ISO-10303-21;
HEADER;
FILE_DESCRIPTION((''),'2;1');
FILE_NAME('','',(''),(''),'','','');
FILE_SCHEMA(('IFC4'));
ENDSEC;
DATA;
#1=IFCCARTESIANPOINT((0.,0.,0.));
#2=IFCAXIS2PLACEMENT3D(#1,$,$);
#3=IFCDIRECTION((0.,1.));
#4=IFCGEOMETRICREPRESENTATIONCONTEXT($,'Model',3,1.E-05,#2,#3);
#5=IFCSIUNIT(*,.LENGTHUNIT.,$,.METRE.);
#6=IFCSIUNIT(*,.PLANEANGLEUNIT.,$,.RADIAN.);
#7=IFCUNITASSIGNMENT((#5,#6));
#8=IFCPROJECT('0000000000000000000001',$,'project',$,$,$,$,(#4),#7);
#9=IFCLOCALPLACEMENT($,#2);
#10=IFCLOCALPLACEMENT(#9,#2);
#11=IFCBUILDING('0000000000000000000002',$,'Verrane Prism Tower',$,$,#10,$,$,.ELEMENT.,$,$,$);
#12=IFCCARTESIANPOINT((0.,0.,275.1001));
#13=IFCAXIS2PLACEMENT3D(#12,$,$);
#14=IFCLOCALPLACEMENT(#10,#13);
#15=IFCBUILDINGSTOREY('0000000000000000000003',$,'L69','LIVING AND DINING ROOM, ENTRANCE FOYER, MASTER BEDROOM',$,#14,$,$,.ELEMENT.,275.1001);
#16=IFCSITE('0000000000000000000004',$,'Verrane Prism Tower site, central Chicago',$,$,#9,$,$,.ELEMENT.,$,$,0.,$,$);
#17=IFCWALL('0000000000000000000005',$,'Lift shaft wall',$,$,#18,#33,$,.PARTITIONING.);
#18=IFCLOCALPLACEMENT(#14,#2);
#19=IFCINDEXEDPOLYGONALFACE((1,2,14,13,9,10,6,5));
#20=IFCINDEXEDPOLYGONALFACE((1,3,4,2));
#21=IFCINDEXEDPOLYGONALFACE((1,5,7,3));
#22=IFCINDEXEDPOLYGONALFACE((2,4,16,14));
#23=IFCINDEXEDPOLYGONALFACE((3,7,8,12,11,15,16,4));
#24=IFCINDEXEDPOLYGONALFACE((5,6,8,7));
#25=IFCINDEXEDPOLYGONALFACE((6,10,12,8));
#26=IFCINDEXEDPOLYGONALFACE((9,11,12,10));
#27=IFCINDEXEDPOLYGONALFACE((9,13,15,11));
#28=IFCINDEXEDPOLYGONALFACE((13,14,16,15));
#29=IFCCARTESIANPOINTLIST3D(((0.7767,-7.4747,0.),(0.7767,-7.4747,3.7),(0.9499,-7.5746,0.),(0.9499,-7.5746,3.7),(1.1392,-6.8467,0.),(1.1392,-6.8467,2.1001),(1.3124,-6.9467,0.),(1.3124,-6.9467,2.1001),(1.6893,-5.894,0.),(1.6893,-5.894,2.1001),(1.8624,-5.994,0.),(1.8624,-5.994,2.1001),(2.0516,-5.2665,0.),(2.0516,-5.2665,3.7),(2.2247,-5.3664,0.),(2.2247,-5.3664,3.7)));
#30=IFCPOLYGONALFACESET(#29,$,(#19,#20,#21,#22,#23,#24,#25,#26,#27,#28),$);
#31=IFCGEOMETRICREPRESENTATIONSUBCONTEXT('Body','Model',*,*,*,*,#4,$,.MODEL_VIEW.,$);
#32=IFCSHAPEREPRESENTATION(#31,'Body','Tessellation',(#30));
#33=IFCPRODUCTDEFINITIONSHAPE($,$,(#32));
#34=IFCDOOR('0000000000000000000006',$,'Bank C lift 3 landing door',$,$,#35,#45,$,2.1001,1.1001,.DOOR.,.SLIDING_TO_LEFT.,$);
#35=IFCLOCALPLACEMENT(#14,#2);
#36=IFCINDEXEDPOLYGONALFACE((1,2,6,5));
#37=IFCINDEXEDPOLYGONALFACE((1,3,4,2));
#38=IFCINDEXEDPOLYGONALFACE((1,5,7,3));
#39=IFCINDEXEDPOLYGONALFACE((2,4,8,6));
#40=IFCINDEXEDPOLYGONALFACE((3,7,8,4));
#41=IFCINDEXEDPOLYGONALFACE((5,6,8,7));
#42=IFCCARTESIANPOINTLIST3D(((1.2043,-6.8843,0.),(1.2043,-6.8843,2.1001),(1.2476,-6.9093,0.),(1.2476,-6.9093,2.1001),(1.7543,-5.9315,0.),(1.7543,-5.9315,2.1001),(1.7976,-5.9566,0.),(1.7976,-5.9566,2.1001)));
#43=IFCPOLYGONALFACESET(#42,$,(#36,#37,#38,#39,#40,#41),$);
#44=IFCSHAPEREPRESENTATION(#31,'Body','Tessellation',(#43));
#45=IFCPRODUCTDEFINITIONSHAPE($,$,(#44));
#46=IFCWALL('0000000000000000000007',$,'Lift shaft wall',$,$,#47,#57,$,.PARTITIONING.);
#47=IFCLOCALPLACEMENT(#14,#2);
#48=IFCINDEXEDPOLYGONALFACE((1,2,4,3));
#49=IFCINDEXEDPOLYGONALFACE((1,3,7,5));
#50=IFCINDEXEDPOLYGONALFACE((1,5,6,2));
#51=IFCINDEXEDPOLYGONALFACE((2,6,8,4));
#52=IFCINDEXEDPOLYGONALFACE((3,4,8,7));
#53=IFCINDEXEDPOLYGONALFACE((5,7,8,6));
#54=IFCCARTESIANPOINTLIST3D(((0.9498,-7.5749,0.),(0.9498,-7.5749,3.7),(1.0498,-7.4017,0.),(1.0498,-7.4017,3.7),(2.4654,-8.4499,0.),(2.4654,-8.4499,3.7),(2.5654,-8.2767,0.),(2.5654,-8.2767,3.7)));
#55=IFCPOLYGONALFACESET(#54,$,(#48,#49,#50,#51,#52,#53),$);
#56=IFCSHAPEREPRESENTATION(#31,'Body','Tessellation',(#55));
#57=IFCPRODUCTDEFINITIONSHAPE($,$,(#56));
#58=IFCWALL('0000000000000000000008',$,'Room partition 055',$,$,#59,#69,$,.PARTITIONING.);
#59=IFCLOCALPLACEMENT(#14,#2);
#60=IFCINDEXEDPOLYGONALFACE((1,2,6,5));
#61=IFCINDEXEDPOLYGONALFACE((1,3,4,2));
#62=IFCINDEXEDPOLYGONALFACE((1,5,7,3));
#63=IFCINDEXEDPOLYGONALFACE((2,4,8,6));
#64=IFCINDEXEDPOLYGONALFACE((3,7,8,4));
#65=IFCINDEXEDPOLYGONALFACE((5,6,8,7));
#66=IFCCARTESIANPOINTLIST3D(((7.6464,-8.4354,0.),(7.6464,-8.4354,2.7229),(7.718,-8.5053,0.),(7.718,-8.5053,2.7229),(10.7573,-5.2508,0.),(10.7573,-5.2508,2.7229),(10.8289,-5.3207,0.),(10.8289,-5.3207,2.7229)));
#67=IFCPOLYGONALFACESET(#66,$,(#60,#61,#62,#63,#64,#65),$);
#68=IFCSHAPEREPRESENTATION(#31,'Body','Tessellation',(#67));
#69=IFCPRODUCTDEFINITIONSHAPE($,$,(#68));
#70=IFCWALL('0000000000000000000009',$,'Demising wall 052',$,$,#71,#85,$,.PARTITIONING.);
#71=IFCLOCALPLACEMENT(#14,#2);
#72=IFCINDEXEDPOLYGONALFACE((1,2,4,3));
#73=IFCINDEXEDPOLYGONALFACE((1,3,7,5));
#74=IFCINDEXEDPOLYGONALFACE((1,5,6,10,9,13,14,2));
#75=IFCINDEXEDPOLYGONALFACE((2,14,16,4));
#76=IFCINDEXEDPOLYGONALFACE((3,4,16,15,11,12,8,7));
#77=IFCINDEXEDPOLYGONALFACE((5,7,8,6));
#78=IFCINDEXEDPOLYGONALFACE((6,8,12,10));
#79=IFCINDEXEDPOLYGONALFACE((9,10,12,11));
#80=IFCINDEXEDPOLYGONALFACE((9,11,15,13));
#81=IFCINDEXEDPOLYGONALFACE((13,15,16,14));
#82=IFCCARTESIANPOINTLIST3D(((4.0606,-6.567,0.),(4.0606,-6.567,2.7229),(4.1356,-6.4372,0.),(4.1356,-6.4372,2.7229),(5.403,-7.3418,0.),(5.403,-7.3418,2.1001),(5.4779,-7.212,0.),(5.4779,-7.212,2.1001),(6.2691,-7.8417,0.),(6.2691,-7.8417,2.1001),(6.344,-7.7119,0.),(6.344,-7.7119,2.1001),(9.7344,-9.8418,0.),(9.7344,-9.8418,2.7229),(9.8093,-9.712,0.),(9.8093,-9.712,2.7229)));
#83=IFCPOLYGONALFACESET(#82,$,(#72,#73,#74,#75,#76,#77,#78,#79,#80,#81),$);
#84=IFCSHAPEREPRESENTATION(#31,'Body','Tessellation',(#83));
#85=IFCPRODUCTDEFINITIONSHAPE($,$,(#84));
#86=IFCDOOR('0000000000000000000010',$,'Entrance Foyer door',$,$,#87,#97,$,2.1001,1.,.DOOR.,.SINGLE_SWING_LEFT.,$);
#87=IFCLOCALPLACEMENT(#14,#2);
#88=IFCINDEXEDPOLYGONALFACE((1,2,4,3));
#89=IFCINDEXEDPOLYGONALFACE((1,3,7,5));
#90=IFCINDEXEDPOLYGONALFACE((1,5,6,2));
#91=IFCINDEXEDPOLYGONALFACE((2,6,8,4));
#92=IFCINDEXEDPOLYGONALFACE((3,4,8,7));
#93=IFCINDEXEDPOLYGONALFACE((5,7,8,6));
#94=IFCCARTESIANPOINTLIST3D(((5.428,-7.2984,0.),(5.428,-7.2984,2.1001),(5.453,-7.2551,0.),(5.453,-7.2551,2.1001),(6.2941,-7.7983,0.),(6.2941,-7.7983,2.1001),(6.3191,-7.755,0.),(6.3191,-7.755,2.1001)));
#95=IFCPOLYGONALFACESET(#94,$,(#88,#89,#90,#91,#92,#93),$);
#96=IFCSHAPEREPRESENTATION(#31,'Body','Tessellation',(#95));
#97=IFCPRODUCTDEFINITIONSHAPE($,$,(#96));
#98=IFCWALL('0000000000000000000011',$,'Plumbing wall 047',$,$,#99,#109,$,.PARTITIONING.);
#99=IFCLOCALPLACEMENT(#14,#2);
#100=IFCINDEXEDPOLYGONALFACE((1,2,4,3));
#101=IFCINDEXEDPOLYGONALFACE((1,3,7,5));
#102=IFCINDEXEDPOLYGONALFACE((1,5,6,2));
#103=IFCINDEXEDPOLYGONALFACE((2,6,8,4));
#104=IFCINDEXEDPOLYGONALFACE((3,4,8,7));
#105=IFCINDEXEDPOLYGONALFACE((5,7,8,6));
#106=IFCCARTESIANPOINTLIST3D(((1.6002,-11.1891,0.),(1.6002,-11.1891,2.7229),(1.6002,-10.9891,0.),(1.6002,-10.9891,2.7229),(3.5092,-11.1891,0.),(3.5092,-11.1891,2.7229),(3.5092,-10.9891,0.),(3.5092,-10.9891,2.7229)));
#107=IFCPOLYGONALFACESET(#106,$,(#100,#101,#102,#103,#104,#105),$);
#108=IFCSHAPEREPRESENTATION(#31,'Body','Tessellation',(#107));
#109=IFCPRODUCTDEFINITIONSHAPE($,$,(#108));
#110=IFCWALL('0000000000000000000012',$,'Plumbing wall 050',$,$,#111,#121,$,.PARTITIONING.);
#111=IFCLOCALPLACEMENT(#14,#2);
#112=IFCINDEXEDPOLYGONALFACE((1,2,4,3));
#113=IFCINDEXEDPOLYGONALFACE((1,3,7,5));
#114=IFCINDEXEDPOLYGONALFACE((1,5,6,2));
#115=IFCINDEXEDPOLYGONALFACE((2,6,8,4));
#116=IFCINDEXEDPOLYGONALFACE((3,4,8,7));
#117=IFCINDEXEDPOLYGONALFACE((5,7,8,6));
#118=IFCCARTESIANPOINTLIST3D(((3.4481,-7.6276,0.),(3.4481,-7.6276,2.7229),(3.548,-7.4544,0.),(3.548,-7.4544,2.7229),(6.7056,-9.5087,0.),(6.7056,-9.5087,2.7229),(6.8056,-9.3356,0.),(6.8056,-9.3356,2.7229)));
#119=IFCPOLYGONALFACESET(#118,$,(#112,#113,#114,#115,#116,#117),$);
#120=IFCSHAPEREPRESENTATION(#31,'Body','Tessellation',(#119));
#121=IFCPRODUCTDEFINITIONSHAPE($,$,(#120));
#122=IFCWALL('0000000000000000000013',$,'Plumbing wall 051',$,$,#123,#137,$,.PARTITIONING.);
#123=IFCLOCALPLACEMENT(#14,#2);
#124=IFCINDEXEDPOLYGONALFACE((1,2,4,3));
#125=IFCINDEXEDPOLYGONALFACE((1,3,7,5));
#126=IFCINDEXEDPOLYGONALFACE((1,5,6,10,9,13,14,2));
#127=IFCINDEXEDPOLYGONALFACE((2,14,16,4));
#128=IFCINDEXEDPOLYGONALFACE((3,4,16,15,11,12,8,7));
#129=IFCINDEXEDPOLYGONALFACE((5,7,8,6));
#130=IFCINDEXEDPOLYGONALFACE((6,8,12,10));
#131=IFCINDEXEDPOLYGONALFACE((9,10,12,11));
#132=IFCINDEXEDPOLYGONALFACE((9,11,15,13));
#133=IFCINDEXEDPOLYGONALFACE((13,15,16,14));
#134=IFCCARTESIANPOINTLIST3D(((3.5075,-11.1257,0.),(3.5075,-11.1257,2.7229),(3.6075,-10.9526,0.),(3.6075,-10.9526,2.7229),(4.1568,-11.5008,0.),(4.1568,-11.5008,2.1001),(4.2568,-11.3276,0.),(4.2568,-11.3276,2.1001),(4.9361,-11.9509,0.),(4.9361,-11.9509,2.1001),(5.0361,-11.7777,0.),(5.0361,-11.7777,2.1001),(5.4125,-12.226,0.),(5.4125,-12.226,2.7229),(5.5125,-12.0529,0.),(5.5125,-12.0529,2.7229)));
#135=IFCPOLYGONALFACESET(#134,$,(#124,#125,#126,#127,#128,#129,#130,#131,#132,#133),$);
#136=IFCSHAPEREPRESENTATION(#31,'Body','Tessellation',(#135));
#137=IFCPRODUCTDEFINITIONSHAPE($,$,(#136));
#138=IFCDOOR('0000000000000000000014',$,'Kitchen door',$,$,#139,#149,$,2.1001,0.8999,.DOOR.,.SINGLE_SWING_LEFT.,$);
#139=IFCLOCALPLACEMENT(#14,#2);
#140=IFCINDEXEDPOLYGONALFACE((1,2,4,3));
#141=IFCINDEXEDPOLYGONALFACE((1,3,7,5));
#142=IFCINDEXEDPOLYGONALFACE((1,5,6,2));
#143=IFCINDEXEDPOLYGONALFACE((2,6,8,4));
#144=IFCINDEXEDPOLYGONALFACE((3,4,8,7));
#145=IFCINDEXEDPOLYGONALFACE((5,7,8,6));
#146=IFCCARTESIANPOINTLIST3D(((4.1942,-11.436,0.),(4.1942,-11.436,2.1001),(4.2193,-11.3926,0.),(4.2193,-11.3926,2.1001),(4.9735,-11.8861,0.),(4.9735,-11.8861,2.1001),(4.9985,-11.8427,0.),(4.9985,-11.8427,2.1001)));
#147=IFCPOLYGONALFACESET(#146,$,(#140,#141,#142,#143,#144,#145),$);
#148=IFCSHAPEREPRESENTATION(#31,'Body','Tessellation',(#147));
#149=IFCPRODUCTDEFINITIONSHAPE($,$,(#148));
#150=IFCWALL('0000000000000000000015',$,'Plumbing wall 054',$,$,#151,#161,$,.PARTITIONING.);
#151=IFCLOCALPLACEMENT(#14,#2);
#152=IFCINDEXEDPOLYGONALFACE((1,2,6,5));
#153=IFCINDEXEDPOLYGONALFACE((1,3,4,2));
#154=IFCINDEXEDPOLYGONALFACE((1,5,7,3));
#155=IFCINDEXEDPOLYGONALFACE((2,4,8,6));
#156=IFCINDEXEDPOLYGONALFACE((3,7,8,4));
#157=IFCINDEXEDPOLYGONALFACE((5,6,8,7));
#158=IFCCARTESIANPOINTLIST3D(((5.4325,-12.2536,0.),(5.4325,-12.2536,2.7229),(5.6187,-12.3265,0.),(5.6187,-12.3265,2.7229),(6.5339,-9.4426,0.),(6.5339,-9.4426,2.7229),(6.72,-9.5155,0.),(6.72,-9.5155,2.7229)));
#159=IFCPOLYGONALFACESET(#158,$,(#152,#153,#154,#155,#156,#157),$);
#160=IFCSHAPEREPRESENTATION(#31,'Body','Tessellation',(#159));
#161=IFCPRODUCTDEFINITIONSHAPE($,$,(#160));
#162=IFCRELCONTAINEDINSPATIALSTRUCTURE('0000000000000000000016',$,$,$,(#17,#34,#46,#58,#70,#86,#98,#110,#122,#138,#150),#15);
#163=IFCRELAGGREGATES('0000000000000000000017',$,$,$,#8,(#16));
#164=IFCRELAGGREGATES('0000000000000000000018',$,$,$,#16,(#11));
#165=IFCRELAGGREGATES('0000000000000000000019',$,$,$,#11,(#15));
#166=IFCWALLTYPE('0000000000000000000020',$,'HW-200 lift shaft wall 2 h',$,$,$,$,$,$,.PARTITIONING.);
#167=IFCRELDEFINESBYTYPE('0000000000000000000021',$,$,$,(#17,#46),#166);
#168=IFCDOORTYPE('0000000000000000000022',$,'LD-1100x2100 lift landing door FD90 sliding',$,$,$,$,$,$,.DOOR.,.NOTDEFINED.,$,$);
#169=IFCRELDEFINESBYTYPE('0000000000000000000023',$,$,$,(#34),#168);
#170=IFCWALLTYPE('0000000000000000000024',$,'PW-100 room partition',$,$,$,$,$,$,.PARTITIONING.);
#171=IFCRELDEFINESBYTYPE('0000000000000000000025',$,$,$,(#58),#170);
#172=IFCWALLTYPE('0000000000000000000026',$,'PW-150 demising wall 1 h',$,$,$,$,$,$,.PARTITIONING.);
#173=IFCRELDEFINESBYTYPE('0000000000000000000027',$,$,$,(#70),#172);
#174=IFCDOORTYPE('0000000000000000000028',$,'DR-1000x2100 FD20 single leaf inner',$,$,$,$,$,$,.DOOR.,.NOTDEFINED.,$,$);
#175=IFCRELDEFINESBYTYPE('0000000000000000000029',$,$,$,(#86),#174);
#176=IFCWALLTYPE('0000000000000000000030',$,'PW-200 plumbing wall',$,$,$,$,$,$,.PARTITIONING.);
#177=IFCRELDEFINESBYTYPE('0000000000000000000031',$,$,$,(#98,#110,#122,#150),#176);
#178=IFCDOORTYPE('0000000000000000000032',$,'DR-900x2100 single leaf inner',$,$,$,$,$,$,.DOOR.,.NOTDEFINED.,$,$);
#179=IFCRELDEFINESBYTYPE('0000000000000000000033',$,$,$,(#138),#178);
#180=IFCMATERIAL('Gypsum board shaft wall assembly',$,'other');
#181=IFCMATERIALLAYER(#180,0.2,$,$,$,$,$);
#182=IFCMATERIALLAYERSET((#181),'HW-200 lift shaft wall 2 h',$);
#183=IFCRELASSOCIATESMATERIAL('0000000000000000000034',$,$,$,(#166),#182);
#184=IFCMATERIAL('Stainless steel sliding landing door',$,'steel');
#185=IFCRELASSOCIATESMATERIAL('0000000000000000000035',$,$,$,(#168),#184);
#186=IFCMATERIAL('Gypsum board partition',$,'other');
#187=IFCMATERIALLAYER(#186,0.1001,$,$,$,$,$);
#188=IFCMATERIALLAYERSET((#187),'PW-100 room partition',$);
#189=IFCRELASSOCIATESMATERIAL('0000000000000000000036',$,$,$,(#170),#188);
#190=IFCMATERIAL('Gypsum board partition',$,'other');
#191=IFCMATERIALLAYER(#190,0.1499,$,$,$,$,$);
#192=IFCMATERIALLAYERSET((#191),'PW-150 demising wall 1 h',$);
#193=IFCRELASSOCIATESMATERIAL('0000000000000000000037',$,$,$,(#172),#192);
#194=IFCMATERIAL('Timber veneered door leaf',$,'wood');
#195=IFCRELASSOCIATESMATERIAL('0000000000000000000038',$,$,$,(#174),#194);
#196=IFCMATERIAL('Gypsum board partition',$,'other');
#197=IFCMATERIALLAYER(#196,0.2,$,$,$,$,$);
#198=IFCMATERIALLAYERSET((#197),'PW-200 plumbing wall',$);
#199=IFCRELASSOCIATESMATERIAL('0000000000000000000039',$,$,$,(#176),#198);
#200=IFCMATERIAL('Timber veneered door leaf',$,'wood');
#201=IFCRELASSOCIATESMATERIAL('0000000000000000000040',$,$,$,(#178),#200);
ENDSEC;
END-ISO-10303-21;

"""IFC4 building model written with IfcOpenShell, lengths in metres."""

from ifc_helpers import new_model, si_unit, direction, frame, frame_2d, origin, place, context, subcontext, project, spatial, rectangle, extrude, material, layer, layer_set, type_object, element, fill, save


model = new_model("IFC4")

# Units and contexts
model_context = context("Model", 3, precision=1e-05, world=origin(), true_north=direction((0.0, 1.0)))
body_context = subcontext(model_context, "Body", "Model", "MODEL_VIEW")
ifc_project = project(units=[si_unit("LENGTHUNIT", "METRE"), si_unit("PLANEANGLEUNIT", "RADIAN")], contexts=[model_context])

# Site, building, storey
site_placement = place(None, origin())
site = spatial("IfcSite", under=ifc_project, at=site_placement, Name="Verrane Prism Tower site, central Chicago", CompositionType="ELEMENT", RefElevation=0.0)
building_placement = place(site_placement, origin())
building = spatial("IfcBuilding", under=site, at=building_placement, Name="Verrane Prism Tower", CompositionType="ELEMENT")
storey_placement = place(building_placement, frame((0.0, 0.0, 275.1001)))
storey = spatial("IfcBuildingStorey", under=building, at=storey_placement, Name="L69", Description="LIVING AND DINING ROOM, ENTRANCE FOYER, MASTER BEDROOM", CompositionType="ELEMENT", Elevation=275.1001)

# Shared definitions
ifc_material_1 = material(Name="Gypsum board shaft wall assembly", Category="other")
ifc_layer_1 = layer(ifc_material_1, 0.2)
ifc_layer_set_1 = layer_set([ifc_layer_1], Name="HW-200 lift shaft wall 2 h")
wall_type_1 = type_object("IfcWallType", Name="HW-200 lift shaft wall 2 h", PredefinedType="PARTITIONING", material=ifc_layer_set_1)

# Wall, opening, door
wall_1_placement = place(storey_placement, frame((0.8633, -7.5247, 0.0), z_axis=(0.0, 0.0, 1.0), x_axis=(0.49999, 0.866031, 0.0)))
wall_1 = element("IfcWall", 1, at=wall_1_placement, inside=storey, type_object=wall_type_1, Name="Lift shaft wall", PredefinedType="PARTITIONING", context=body_context, shape_type="SweptSolid", body=[
    extrude(rectangle(XDim=2.5498, YDim=0.2, at=frame_2d((1.2749, 0.0))), origin(), (0.0, 0.0, 1.0), 3.7),
])
opening_1_placement = place(wall_1_placement, frame((0.7251, 0.0, 0.0)))
opening_1 = element("IfcOpeningElement", 2, at=opening_1_placement, cuts=wall_1, PredefinedType="OPENING", context=body_context, shape_type="SweptSolid", body=[
    extrude(rectangle(XDim=1.1001, YDim=2.1001, at=frame_2d((0.55, 1.05))), frame((0.0, 0.1099, 0.0), z_axis=(0.0, -1.0, 0.0), x_axis=(1.0, 0.0, 0.0)), (0.0, 0.0, 1.0), 0.22),
])
ifc_material_2 = material(Name="Stainless steel sliding landing door", Category="steel")
door_type_1 = type_object("IfcDoorType", Name="LD-1100x2100 lift landing door FD90 sliding", OperationType="NOTDEFINED", PredefinedType="DOOR", material=ifc_material_2)
door_1_placement = place(opening_1_placement, origin())
door_1 = element("IfcDoor", 3, at=door_1_placement, inside=storey, type_object=door_type_1, Name="Bank C lift 3 landing door", OperationType="SLIDING_TO_LEFT", OverallHeight=2.1001, OverallWidth=1.1001, PredefinedType="DOOR", context=body_context, shape_type="SweptSolid", body=[
    extrude(rectangle(XDim=1.1001, YDim=2.1001, at=frame_2d((0.55, 1.05))), frame((0.0, 0.0249, 0.0), z_axis=(0.0, -1.0, 0.0), x_axis=(1.0, 0.0, 0.0)), (0.0, 0.0, 1.0), 0.05),
])
fill(opening_1, door_1)

# Walls
wall_2_placement = place(storey_placement, frame((2.5154, -8.3633, 0.0), z_axis=(0.0, 0.0, 1.0), x_axis=(-0.866037, 0.49998, 0.0)))
element("IfcWall", 4, at=wall_2_placement, inside=storey, type_object=wall_type_1, Name="Lift shaft wall", PredefinedType="PARTITIONING", context=body_context, shape_type="SweptSolid", body=[
    extrude(rectangle(XDim=1.75, YDim=0.2, at=frame_2d((0.875, 0.0))), origin(), (0.0, 0.0, 1.0), 3.7),
])
ifc_material_3 = material(Name="Gypsum board partition", Category="other")
ifc_layer_2 = layer(ifc_material_3, 0.1001)
ifc_layer_set_2 = layer_set([ifc_layer_2], Name="PW-100 room partition")
wall_type_2 = type_object("IfcWallType", Name="PW-100 room partition", PredefinedType="PARTITIONING", material=ifc_layer_set_2)
wall_3_placement = place(storey_placement, frame((7.6821, -8.4705, 0.0), z_axis=(0.0, 0.0, 1.0), x_axis=(0.698777, 0.715339, 0.0)))
element("IfcWall", 5, at=wall_3_placement, inside=storey, type_object=wall_type_2, Name="Room partition 055", PredefinedType="PARTITIONING", context=body_context, shape_type="SweptSolid", body=[
    extrude(rectangle(XDim=4.4519, YDim=0.1001, at=frame_2d((2.2261, 0.0))), origin(), (0.0, 0.0, 1.0), 2.7229),
])

# Wall, opening, door
ifc_material_4 = material(Name="Gypsum board partition", Category="other")
ifc_layer_3 = layer(ifc_material_4, 0.1499)
ifc_layer_set_3 = layer_set([ifc_layer_3], Name="PW-150 demising wall 1 h")
wall_type_3 = type_object("IfcWallType", Name="PW-150 demising wall 1 h", PredefinedType="PARTITIONING", material=ifc_layer_set_3)
wall_4_placement = place(storey_placement, frame((9.7717, -9.7769, 0.0), z_axis=(0.0, 0.0, 1.0), x_axis=(-0.866084, 0.499899, 0.0)))
wall_4 = element("IfcWall", 6, at=wall_4_placement, inside=storey, type_object=wall_type_3, Name="Demising wall 052", PredefinedType="PARTITIONING", context=body_context, shape_type="SweptSolid", body=[
    extrude(rectangle(XDim=6.551, YDim=0.1499, at=frame_2d((3.2754, 0.0))), origin(), (0.0, 0.0, 1.0), 2.7229),
])
opening_2_placement = place(wall_4_placement, frame((4.001, 0.0, 0.0)))
opening_2 = element("IfcOpeningElement", 7, at=opening_2_placement, cuts=wall_4, PredefinedType="OPENING", context=body_context, shape_type="SweptSolid", body=[
    extrude(rectangle(XDim=1.0, YDim=2.1001, at=frame_2d((0.5, 1.05))), frame((0.0, 0.085, 0.0), z_axis=(0.0, -1.0, 0.0), x_axis=(1.0, 0.0, 0.0)), (0.0, 0.0, 1.0), 0.1699),
])
ifc_material_5 = material(Name="Timber veneered door leaf", Category="wood")
door_type_2 = type_object("IfcDoorType", Name="DR-1000x2100 FD20 single leaf inner", OperationType="NOTDEFINED", PredefinedType="DOOR", material=ifc_material_5)
door_2_placement = place(opening_2_placement, origin())
door_2 = element("IfcDoor", 8, at=door_2_placement, inside=storey, type_object=door_type_2, Name="Entrance Foyer door", OperationType="SINGLE_SWING_LEFT", OverallHeight=2.1001, OverallWidth=1.0, PredefinedType="DOOR", context=body_context, shape_type="SweptSolid", body=[
    extrude(rectangle(XDim=1.0, YDim=2.1001, at=frame_2d((0.5, 1.05))), frame((0.0, 0.0249, 0.0), z_axis=(0.0, -1.0, 0.0), x_axis=(1.0, 0.0, 0.0)), (0.0, 0.0, 1.0), 0.05),
])
fill(opening_2, door_2)

# Walls
ifc_material_6 = material(Name="Gypsum board partition", Category="other")
ifc_layer_4 = layer(ifc_material_6, 0.2)
ifc_layer_set_4 = layer_set([ifc_layer_4], Name="PW-200 plumbing wall")
wall_type_4 = type_object("IfcWallType", Name="PW-200 plumbing wall", PredefinedType="PARTITIONING", material=ifc_layer_set_4)
wall_5_placement = place(storey_placement, frame((1.6001, -11.0891, 0.0), z_axis=(0.0, 0.0, 1.0), x_axis=(1.0, 0.0, 0.0)))
element("IfcWall", 9, at=wall_5_placement, inside=storey, type_object=wall_type_4, Name="Plumbing wall 047", PredefinedType="PARTITIONING", context=body_context, shape_type="SweptSolid", body=[
    extrude(rectangle(XDim=1.9089, YDim=0.2, at=frame_2d((0.9546, 0.0))), origin(), (0.0, 0.0, 1.0), 2.7229),
])
wall_6_placement = place(storey_placement, frame((3.498, -7.541, 0.0), z_axis=(0.0, 0.0, 1.0), x_axis=(0.865986, -0.500069, 0.0)))
element("IfcWall", 10, at=wall_6_placement, inside=storey, type_object=wall_type_4, Name="Plumbing wall 050", PredefinedType="PARTITIONING", context=body_context, shape_type="SweptSolid", body=[
    extrude(rectangle(XDim=3.7617, YDim=0.2, at=frame_2d((1.8809, 0.0))), origin(), (0.0, 0.0, 1.0), 2.7229),
])

# Wall, opening, door
wall_7_placement = place(storey_placement, frame((3.5574, -11.0391, 0.0), z_axis=(0.0, 0.0, 1.0), x_axis=(0.865932, -0.500161, 0.0)))
wall_7 = element("IfcWall", 11, at=wall_7_placement, inside=storey, type_object=wall_type_4, Name="Plumbing wall 051", PredefinedType="PARTITIONING", context=body_context, shape_type="SweptSolid", body=[
    extrude(rectangle(XDim=2.2, YDim=0.2, at=frame_2d((1.1001, 0.0))), origin(), (0.0, 0.0, 1.0), 2.7229),
])
opening_3_placement = place(wall_7_placement, frame((0.75, 0.0, 0.0)))
opening_3 = element("IfcOpeningElement", 12, at=opening_3_placement, cuts=wall_7, PredefinedType="OPENING", context=body_context, shape_type="SweptSolid", body=[
    extrude(rectangle(XDim=0.8999, YDim=2.1001, at=frame_2d((0.45, 1.05))), frame((0.0, 0.1099, 0.0), z_axis=(0.0, -1.0, 0.0), x_axis=(1.0, 0.0, 0.0)), (0.0, 0.0, 1.0), 0.22),
])
ifc_material_7 = material(Name="Timber veneered door leaf", Category="wood")
door_type_3 = type_object("IfcDoorType", Name="DR-900x2100 single leaf inner", OperationType="NOTDEFINED", PredefinedType="DOOR", material=ifc_material_7)
door_3_placement = place(opening_3_placement, origin())
door_3 = element("IfcDoor", 13, at=door_3_placement, inside=storey, type_object=door_type_3, Name="Kitchen door", OperationType="SINGLE_SWING_LEFT", OverallHeight=2.1001, OverallWidth=0.8999, PredefinedType="DOOR", context=body_context, shape_type="SweptSolid", body=[
    extrude(rectangle(XDim=0.8999, YDim=2.1001, at=frame_2d((0.45, 1.05))), frame((0.0, 0.0249, 0.0), z_axis=(0.0, -1.0, 0.0), x_axis=(1.0, 0.0, 0.0)), (0.0, 0.0, 1.0), 0.05),
])
fill(opening_3, door_3)

# Wall
wall_8_placement = place(storey_placement, frame((5.5256, -12.29, 0.0), z_axis=(0.0, 0.0, 1.0), x_axis=(0.364787, 0.931091, 0.0)))
element("IfcWall", 14, at=wall_8_placement, inside=storey, type_object=wall_type_4, Name="Plumbing wall 054", PredefinedType="PARTITIONING", context=body_context, shape_type="SweptSolid", body=[
    extrude(rectangle(XDim=3.019, YDim=0.2, at=frame_2d((1.5095, 0.0))), origin(), (0.0, 0.0, 1.0), 2.7229),
])

save(model, "model.ifc")
